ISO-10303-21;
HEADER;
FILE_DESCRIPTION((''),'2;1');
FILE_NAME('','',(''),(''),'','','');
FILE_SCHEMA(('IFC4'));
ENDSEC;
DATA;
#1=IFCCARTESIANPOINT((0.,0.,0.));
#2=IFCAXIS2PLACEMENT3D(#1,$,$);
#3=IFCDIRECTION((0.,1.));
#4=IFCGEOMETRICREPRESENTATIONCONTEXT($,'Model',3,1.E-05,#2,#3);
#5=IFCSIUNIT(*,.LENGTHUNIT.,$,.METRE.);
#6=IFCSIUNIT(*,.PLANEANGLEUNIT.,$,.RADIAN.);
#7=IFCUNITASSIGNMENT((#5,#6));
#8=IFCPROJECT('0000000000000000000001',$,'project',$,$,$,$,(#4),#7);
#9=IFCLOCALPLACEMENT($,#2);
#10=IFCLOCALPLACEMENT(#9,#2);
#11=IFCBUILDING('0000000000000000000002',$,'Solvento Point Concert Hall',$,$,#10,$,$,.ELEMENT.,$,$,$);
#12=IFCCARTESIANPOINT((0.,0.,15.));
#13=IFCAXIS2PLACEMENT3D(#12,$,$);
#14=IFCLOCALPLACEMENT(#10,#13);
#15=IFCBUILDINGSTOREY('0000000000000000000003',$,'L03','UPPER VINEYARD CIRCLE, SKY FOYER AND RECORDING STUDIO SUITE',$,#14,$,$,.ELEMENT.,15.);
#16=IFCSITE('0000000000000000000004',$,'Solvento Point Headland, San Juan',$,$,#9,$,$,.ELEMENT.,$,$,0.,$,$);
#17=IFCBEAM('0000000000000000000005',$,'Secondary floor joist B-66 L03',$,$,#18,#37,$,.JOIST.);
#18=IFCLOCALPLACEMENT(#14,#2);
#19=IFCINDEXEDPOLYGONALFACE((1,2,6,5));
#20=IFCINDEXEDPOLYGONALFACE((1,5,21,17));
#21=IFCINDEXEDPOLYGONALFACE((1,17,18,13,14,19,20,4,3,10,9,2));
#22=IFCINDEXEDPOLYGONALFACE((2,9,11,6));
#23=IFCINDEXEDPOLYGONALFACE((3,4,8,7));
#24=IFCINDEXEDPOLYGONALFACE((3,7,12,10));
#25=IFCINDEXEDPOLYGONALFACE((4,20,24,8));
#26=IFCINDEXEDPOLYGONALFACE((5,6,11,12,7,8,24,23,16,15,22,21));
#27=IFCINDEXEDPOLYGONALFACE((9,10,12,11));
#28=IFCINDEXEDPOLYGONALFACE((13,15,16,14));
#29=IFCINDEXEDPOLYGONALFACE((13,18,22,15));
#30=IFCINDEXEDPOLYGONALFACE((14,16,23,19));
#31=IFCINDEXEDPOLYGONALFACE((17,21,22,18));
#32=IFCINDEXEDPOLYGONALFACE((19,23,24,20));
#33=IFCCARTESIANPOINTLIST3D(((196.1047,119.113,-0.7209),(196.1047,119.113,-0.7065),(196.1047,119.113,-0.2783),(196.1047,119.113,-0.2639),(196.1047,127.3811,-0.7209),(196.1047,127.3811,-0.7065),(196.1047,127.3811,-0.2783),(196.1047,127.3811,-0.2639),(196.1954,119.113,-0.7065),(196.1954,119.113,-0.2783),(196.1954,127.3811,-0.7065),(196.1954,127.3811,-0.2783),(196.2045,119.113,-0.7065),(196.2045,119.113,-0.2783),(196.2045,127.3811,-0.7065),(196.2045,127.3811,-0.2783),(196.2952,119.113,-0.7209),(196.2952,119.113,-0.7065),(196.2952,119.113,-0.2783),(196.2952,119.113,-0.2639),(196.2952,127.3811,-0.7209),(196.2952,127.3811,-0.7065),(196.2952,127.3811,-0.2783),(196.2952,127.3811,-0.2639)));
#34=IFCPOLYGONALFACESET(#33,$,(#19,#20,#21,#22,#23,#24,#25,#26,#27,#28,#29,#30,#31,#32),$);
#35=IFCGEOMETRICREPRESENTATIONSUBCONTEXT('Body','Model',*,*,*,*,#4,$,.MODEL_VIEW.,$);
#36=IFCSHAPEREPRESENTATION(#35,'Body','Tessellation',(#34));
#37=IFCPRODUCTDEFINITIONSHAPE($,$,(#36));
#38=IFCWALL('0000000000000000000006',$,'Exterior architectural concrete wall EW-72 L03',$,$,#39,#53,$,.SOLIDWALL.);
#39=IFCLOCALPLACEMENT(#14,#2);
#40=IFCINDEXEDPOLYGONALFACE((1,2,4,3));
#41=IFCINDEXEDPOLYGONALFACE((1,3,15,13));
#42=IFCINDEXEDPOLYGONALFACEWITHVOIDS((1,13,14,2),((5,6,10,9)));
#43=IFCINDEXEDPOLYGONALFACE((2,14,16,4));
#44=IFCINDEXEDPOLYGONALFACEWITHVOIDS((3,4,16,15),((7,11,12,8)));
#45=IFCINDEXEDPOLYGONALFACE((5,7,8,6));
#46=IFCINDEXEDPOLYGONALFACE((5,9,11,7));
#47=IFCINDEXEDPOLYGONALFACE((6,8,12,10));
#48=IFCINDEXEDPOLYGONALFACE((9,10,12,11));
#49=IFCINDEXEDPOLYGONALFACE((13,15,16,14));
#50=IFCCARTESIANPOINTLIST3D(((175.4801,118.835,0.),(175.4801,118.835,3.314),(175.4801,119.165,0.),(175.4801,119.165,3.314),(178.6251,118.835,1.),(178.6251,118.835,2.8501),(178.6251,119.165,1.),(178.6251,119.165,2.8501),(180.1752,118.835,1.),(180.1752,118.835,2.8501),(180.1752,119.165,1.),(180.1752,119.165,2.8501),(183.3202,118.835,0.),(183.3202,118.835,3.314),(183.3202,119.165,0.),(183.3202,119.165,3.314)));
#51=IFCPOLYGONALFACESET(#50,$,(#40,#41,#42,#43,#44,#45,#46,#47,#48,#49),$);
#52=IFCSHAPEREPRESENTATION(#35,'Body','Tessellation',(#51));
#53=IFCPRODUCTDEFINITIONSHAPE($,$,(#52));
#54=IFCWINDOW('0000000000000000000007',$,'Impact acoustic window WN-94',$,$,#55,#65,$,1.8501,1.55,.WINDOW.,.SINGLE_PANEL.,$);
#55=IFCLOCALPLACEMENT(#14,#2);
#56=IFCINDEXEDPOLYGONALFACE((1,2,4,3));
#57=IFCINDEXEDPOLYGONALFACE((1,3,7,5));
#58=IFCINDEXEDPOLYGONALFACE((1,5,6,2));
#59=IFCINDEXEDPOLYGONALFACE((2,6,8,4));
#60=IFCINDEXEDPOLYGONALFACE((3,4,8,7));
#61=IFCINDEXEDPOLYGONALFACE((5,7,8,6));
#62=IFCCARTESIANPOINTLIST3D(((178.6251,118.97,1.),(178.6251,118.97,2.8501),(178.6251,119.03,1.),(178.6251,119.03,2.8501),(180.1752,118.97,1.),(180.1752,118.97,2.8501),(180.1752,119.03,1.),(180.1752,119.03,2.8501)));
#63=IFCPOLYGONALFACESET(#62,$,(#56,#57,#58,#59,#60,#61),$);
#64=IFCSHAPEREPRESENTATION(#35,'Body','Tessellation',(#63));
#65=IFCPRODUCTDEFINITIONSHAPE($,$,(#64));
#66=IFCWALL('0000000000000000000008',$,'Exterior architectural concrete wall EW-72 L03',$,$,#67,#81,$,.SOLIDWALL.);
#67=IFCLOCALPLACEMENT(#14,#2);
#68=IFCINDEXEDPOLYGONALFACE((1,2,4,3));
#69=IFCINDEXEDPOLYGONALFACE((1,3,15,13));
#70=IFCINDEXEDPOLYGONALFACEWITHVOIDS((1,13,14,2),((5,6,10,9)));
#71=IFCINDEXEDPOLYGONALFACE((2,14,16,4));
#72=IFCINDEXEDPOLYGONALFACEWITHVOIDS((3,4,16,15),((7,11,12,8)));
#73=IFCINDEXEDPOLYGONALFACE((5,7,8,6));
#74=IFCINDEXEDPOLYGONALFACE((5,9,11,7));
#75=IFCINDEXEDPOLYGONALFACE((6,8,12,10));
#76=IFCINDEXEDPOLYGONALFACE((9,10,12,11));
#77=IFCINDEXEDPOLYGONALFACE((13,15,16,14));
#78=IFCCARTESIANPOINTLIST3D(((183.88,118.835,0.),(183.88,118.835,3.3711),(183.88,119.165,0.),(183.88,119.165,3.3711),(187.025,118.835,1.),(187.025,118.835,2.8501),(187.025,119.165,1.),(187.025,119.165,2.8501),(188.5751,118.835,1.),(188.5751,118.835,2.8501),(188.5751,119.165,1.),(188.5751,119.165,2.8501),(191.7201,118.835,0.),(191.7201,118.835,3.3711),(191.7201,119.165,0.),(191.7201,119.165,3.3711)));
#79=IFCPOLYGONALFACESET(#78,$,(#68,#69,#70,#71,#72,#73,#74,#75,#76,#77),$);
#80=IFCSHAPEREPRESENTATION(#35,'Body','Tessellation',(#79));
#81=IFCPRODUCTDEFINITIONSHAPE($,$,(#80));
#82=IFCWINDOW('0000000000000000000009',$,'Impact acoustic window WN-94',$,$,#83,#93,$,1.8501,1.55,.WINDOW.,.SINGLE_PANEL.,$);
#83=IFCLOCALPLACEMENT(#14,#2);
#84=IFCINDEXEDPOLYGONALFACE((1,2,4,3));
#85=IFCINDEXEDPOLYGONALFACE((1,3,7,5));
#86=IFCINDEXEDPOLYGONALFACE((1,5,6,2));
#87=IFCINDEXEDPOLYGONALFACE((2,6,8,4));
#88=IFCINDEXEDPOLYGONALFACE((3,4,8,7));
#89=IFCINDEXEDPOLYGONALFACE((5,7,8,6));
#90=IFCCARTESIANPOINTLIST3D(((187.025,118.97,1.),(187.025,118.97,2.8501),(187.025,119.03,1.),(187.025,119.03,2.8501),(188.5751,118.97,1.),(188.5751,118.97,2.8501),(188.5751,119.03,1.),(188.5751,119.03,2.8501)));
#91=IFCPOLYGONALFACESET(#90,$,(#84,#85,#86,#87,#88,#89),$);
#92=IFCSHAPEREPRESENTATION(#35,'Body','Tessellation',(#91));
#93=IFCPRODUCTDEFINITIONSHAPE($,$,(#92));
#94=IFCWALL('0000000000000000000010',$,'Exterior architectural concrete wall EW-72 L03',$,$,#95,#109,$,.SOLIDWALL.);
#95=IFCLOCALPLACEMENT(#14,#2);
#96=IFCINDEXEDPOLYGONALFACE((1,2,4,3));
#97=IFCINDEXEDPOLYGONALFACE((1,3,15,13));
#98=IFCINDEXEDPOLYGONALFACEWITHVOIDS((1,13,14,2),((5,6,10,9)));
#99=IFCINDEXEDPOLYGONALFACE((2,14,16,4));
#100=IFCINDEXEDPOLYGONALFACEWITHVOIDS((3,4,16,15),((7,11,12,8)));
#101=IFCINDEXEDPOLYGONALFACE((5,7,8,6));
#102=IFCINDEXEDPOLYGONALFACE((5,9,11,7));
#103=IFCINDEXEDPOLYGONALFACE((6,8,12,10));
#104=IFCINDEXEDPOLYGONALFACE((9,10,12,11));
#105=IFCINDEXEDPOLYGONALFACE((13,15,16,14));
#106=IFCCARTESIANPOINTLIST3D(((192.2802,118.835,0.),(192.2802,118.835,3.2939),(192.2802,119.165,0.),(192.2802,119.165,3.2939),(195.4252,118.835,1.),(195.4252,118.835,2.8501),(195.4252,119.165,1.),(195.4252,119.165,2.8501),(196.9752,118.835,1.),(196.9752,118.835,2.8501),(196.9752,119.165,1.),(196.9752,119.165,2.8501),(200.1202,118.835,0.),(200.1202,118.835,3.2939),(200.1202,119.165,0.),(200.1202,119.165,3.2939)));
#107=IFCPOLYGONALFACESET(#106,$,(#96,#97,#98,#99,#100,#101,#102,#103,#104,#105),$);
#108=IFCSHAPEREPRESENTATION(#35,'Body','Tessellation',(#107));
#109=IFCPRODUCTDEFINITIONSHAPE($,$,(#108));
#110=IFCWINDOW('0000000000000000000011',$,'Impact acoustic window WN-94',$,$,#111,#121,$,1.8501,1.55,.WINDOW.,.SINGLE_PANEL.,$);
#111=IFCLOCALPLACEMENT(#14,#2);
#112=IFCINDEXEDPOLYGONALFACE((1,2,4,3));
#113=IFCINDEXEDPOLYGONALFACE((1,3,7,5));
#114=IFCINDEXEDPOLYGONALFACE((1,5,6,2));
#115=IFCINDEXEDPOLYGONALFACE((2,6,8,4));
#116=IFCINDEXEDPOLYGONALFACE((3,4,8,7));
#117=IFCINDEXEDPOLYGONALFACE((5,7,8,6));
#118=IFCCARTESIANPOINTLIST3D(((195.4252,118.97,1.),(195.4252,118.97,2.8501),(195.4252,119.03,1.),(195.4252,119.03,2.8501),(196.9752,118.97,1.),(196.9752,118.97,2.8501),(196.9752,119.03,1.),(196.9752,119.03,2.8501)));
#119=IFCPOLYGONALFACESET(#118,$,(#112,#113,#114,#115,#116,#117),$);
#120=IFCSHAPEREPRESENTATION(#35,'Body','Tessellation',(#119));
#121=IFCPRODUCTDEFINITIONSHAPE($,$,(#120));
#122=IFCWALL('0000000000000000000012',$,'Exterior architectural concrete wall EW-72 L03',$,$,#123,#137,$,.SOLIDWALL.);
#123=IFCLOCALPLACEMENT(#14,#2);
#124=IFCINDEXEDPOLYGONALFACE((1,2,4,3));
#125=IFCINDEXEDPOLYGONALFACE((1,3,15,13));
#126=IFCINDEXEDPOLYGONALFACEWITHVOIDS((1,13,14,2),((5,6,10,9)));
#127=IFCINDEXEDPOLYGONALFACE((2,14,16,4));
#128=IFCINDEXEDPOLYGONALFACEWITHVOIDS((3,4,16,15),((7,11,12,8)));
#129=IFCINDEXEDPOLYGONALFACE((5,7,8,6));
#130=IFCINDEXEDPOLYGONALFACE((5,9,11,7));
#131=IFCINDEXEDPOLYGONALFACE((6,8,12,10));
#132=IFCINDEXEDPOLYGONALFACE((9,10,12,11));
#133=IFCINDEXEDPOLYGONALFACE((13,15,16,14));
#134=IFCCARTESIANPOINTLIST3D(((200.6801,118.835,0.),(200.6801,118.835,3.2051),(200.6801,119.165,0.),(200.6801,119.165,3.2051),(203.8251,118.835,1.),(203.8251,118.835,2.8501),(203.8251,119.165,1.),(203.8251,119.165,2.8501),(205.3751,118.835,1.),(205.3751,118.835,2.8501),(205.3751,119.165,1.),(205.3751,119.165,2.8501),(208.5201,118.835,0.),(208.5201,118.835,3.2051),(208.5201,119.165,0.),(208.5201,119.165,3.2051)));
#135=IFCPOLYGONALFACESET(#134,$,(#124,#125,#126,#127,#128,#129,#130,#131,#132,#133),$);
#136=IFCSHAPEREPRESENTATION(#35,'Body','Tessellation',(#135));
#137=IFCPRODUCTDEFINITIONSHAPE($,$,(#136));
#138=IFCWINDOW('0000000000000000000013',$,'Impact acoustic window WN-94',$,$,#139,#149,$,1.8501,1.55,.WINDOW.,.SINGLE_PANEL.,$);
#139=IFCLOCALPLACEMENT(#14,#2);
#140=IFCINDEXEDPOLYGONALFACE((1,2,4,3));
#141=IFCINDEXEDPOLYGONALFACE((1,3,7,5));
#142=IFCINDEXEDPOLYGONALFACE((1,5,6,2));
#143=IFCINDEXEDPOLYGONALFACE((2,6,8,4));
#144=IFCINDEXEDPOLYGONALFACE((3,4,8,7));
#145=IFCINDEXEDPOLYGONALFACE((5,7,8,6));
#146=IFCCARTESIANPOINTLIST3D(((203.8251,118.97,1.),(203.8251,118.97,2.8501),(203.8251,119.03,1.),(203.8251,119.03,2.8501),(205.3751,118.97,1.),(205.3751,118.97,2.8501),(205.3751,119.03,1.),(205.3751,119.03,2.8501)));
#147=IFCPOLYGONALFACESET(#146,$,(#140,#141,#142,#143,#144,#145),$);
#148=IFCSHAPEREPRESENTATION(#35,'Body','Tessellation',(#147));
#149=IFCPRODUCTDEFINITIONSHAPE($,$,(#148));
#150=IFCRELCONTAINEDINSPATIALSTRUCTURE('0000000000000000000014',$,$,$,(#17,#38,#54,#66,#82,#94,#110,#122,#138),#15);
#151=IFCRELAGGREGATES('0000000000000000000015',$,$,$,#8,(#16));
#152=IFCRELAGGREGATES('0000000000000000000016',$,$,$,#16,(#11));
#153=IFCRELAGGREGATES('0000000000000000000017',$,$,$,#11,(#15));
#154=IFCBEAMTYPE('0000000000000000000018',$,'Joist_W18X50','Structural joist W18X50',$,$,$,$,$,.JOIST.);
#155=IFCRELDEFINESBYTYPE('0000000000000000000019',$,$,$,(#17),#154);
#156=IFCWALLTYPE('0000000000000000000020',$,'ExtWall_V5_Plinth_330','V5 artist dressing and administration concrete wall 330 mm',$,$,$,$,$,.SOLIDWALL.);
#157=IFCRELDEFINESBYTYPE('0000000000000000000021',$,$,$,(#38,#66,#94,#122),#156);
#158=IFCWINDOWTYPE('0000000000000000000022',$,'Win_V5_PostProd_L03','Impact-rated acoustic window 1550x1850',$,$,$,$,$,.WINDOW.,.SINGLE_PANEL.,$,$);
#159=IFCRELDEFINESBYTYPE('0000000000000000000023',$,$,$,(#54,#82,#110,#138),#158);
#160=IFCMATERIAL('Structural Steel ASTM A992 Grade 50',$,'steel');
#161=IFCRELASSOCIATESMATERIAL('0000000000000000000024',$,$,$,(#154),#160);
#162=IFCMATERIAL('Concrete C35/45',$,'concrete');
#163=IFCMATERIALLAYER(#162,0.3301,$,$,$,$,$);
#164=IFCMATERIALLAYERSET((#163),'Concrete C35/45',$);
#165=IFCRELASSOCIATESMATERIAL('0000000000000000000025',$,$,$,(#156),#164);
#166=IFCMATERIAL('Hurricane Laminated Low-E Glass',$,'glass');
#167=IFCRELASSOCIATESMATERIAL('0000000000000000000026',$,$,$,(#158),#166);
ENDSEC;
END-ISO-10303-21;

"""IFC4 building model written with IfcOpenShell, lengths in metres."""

from ifc_helpers import new_model, si_unit, direction, frame, frame_2d, origin, origin_2d, place, context, subcontext, project, spatial, rectangle, i_section, extrude, material, layer, layer_set, material_profile, profile_set, type_object, element, fill, save


model = new_model("IFC4")

# Units and contexts
model_context = context("Model", 3, precision=1e-05, world=origin(), true_north=direction((0.0, 1.0)))
body_context = subcontext(model_context, "Body", "Model", "MODEL_VIEW")
ifc_project = project(units=[si_unit("LENGTHUNIT", "METRE"), si_unit("PLANEANGLEUNIT", "RADIAN")], contexts=[model_context])

# Site, building, storey
site_placement = place(None, origin())
site = spatial("IfcSite", under=ifc_project, at=site_placement, Name="Solvento Point Headland, San Juan", CompositionType="ELEMENT", RefElevation=0.0)
building_placement = place(site_placement, origin())
building = spatial("IfcBuilding", under=site, at=building_placement, Name="Solvento Point Concert Hall", CompositionType="ELEMENT")
storey_placement = place(building_placement, frame((0.0, 0.0, 15.0)))
storey = spatial("IfcBuildingStorey", under=building, at=storey_placement, Name="L03", Description="UPPER VINEYARD CIRCLE, SKY FOYER AND RECORDING STUDIO SUITE", CompositionType="ELEMENT", Elevation=15.0)

# Beam
ifc_material_1 = material(Name="Structural Steel ASTM A992 Grade 50", Category="steel")
ifc_material_profile_1 = material_profile(ifc_material_1, i_section(OverallWidth=0.1904, OverallDepth=0.457, WebThickness=0.009, FlangeThickness=0.0144, at=origin_2d()), Name="W18X50")
ifc_profile_set_1 = profile_set([ifc_material_profile_1], Name="Structural Steel ASTM A992 Grade 50")
beam_type_1 = type_object("IfcBeamType", Name="Joist_W18X50", Description="Structural joist W18X50", PredefinedType="JOIST", material=ifc_profile_set_1)
beam_1_placement = place(storey_placement, frame((196.2, 119.113, -0.4924), z_axis=(0.0, 1.0, 0.0), x_axis=(-1.0, 0.0, 0.0)))
element("IfcBeam", 1, at=beam_1_placement, inside=storey, type_object=beam_type_1, Name="Secondary floor joist B-66 L03", PredefinedType="JOIST", context=body_context, shape_type="SweptSolid", body=[
    extrude(i_section(OverallWidth=0.1904, OverallDepth=0.457, WebThickness=0.009, FlangeThickness=0.0144, at=origin_2d()), origin(), (0.0, 0.0, 1.0), 8.2681),
])

# Walls, openings, windows
ifc_material_2 = material(Name="Concrete C35/45", Category="concrete")
ifc_layer = layer(ifc_material_2, 0.3301)
ifc_layer_set = layer_set([ifc_layer], Name="Concrete C35/45")
wall_type = type_object("IfcWallType", Name="ExtWall_V5_Plinth_330", Description="V5 artist dressing and administration concrete wall 330 mm", PredefinedType="SOLIDWALL", material=ifc_layer_set)
wall_1_placement = place(storey_placement, frame((183.3201, 119.0, 0.0), z_axis=(0.0, 0.0, 1.0), x_axis=(-1.0, 0.0, 0.0)))
wall_1 = element("IfcWall", 2, at=wall_1_placement, inside=storey, type_object=wall_type, Name="Exterior architectural concrete wall EW-72 L03", PredefinedType="SOLIDWALL", context=body_context, shape_type="SweptSolid", body=[
    extrude(rectangle(XDim=7.8401, YDim=0.3301, at=frame_2d((3.9199, 0.0))), origin(), (0.0, 0.0, 1.0), 3.314),
])
opening_1_placement = place(wall_1_placement, frame((3.145, 0.0, 1.0)))
opening_1 = element("IfcOpeningElement", 3, at=opening_1_placement, cuts=wall_1, PredefinedType="OPENING", context=body_context, shape_type="SweptSolid", body=[
    extrude(rectangle(XDim=1.55, YDim=1.8501, at=frame_2d((0.7749, 0.925))), frame((0.0, 0.175, 0.0), z_axis=(0.0, -1.0, 0.0), x_axis=(1.0, 0.0, 0.0)), (0.0, 0.0, 1.0), 0.3501),
])
ifc_material_3 = material(Name="Hurricane Laminated Low-E Glass", Category="glass")
window_type = type_object("IfcWindowType", Name="Win_V5_PostProd_L03", Description="Impact-rated acoustic window 1550x1850", PartitioningType="SINGLE_PANEL", PredefinedType="WINDOW", material=ifc_material_3)
window_1_placement = place(opening_1_placement, origin())
window_1 = element("IfcWindow", 4, at=window_1_placement, inside=storey, type_object=window_type, Name="Impact acoustic window WN-94", OverallHeight=1.8501, OverallWidth=1.55, PartitioningType="SINGLE_PANEL", PredefinedType="WINDOW", context=body_context, shape_type="SweptSolid", body=[
    extrude(rectangle(XDim=1.55, YDim=1.8501, at=frame_2d((0.7749, 0.925))), frame((0.0, 0.03, 0.0), z_axis=(0.0, -1.0, 0.0), x_axis=(1.0, 0.0, 0.0)), (0.0, 0.0, 1.0), 0.0601),
])
fill(opening_1, window_1)
wall_2_placement = place(storey_placement, frame((191.72, 119.0, 0.0), z_axis=(0.0, 0.0, 1.0), x_axis=(-1.0, 0.0, 0.0)))
wall_2 = element("IfcWall", 5, at=wall_2_placement, inside=storey, type_object=wall_type, Name="Exterior architectural concrete wall EW-72 L03", PredefinedType="SOLIDWALL", context=body_context, shape_type="SweptSolid", body=[
    extrude(rectangle(XDim=7.8401, YDim=0.3301, at=frame_2d((3.9199, 0.0))), origin(), (0.0, 0.0, 1.0), 3.3711),
])
opening_2_placement = place(wall_2_placement, frame((3.145, 0.0, 1.0)))
opening_2 = element("IfcOpeningElement", 6, at=opening_2_placement, cuts=wall_2, PredefinedType="OPENING", context=body_context, shape_type="SweptSolid", body=[
    extrude(rectangle(XDim=1.55, YDim=1.8501, at=frame_2d((0.7749, 0.925))), frame((0.0, 0.175, 0.0), z_axis=(0.0, -1.0, 0.0), x_axis=(1.0, 0.0, 0.0)), (0.0, 0.0, 1.0), 0.3501),
])
window_2_placement = place(opening_2_placement, origin())
window_2 = element("IfcWindow", 7, at=window_2_placement, inside=storey, type_object=window_type, Name="Impact acoustic window WN-94", OverallHeight=1.8501, OverallWidth=1.55, PartitioningType="SINGLE_PANEL", PredefinedType="WINDOW", context=body_context, shape_type="SweptSolid", body=[
    extrude(rectangle(XDim=1.55, YDim=1.8501, at=frame_2d((0.7749, 0.925))), frame((0.0, 0.03, 0.0), z_axis=(0.0, -1.0, 0.0), x_axis=(1.0, 0.0, 0.0)), (0.0, 0.0, 1.0), 0.0601),
])
fill(opening_2, window_2)
wall_3_placement = place(storey_placement, frame((200.1201, 119.0, 0.0), z_axis=(0.0, 0.0, 1.0), x_axis=(-1.0, 0.0, 0.0)))
wall_3 = element("IfcWall", 8, at=wall_3_placement, inside=storey, type_object=wall_type, Name="Exterior architectural concrete wall EW-72 L03", PredefinedType="SOLIDWALL", context=body_context, shape_type="SweptSolid", body=[
    extrude(rectangle(XDim=7.8401, YDim=0.3301, at=frame_2d((3.9199, 0.0))), origin(), (0.0, 0.0, 1.0), 3.2939),
])
opening_3_placement = place(wall_3_placement, frame((3.145, 0.0, 1.0)))
opening_3 = element("IfcOpeningElement", 9, at=opening_3_placement, cuts=wall_3, PredefinedType="OPENING", context=body_context, shape_type="SweptSolid", body=[
    extrude(rectangle(XDim=1.55, YDim=1.8501, at=frame_2d((0.7749, 0.925))), frame((0.0, 0.175, 0.0), z_axis=(0.0, -1.0, 0.0), x_axis=(1.0, 0.0, 0.0)), (0.0, 0.0, 1.0), 0.3501),
])
window_3_placement = place(opening_3_placement, origin())
window_3 = element("IfcWindow", 10, at=window_3_placement, inside=storey, type_object=window_type, Name="Impact acoustic window WN-94", OverallHeight=1.8501, OverallWidth=1.55, PartitioningType="SINGLE_PANEL", PredefinedType="WINDOW", context=body_context, shape_type="SweptSolid", body=[
    extrude(rectangle(XDim=1.55, YDim=1.8501, at=frame_2d((0.7749, 0.925))), frame((0.0, 0.03, 0.0), z_axis=(0.0, -1.0, 0.0), x_axis=(1.0, 0.0, 0.0)), (0.0, 0.0, 1.0), 0.0601),
])
fill(opening_3, window_3)
wall_4_placement = place(storey_placement, frame((208.52, 119.0, 0.0), z_axis=(0.0, 0.0, 1.0), x_axis=(-1.0, 0.0, 0.0)))
wall_4 = element("IfcWall", 11, at=wall_4_placement, inside=storey, type_object=wall_type, Name="Exterior architectural concrete wall EW-72 L03", PredefinedType="SOLIDWALL", context=body_context, shape_type="SweptSolid", body=[
    extrude(rectangle(XDim=7.8401, YDim=0.3301, at=frame_2d((3.9199, 0.0))), origin(), (0.0, 0.0, 1.0), 3.2051),
])
opening_4_placement = place(wall_4_placement, frame((3.145, 0.0, 1.0)))
opening_4 = element("IfcOpeningElement", 12, at=opening_4_placement, cuts=wall_4, PredefinedType="OPENING", context=body_context, shape_type="SweptSolid", body=[
    extrude(rectangle(XDim=1.55, YDim=1.8501, at=frame_2d((0.7749, 0.925))), frame((0.0, 0.175, 0.0), z_axis=(0.0, -1.0, 0.0), x_axis=(1.0, 0.0, 0.0)), (0.0, 0.0, 1.0), 0.3501),
])
window_4_placement = place(opening_4_placement, origin())
window_4 = element("IfcWindow", 13, at=window_4_placement, inside=storey, type_object=window_type, Name="Impact acoustic window WN-94", OverallHeight=1.8501, OverallWidth=1.55, PartitioningType="SINGLE_PANEL", PredefinedType="WINDOW", context=body_context, shape_type="SweptSolid", body=[
    extrude(rectangle(XDim=1.55, YDim=1.8501, at=frame_2d((0.7749, 0.925))), frame((0.0, 0.03, 0.0), z_axis=(0.0, -1.0, 0.0), x_axis=(1.0, 0.0, 0.0)), (0.0, 0.0, 1.0), 0.0601),
])
fill(opening_4, window_4)

save(model, "model.ifc")
